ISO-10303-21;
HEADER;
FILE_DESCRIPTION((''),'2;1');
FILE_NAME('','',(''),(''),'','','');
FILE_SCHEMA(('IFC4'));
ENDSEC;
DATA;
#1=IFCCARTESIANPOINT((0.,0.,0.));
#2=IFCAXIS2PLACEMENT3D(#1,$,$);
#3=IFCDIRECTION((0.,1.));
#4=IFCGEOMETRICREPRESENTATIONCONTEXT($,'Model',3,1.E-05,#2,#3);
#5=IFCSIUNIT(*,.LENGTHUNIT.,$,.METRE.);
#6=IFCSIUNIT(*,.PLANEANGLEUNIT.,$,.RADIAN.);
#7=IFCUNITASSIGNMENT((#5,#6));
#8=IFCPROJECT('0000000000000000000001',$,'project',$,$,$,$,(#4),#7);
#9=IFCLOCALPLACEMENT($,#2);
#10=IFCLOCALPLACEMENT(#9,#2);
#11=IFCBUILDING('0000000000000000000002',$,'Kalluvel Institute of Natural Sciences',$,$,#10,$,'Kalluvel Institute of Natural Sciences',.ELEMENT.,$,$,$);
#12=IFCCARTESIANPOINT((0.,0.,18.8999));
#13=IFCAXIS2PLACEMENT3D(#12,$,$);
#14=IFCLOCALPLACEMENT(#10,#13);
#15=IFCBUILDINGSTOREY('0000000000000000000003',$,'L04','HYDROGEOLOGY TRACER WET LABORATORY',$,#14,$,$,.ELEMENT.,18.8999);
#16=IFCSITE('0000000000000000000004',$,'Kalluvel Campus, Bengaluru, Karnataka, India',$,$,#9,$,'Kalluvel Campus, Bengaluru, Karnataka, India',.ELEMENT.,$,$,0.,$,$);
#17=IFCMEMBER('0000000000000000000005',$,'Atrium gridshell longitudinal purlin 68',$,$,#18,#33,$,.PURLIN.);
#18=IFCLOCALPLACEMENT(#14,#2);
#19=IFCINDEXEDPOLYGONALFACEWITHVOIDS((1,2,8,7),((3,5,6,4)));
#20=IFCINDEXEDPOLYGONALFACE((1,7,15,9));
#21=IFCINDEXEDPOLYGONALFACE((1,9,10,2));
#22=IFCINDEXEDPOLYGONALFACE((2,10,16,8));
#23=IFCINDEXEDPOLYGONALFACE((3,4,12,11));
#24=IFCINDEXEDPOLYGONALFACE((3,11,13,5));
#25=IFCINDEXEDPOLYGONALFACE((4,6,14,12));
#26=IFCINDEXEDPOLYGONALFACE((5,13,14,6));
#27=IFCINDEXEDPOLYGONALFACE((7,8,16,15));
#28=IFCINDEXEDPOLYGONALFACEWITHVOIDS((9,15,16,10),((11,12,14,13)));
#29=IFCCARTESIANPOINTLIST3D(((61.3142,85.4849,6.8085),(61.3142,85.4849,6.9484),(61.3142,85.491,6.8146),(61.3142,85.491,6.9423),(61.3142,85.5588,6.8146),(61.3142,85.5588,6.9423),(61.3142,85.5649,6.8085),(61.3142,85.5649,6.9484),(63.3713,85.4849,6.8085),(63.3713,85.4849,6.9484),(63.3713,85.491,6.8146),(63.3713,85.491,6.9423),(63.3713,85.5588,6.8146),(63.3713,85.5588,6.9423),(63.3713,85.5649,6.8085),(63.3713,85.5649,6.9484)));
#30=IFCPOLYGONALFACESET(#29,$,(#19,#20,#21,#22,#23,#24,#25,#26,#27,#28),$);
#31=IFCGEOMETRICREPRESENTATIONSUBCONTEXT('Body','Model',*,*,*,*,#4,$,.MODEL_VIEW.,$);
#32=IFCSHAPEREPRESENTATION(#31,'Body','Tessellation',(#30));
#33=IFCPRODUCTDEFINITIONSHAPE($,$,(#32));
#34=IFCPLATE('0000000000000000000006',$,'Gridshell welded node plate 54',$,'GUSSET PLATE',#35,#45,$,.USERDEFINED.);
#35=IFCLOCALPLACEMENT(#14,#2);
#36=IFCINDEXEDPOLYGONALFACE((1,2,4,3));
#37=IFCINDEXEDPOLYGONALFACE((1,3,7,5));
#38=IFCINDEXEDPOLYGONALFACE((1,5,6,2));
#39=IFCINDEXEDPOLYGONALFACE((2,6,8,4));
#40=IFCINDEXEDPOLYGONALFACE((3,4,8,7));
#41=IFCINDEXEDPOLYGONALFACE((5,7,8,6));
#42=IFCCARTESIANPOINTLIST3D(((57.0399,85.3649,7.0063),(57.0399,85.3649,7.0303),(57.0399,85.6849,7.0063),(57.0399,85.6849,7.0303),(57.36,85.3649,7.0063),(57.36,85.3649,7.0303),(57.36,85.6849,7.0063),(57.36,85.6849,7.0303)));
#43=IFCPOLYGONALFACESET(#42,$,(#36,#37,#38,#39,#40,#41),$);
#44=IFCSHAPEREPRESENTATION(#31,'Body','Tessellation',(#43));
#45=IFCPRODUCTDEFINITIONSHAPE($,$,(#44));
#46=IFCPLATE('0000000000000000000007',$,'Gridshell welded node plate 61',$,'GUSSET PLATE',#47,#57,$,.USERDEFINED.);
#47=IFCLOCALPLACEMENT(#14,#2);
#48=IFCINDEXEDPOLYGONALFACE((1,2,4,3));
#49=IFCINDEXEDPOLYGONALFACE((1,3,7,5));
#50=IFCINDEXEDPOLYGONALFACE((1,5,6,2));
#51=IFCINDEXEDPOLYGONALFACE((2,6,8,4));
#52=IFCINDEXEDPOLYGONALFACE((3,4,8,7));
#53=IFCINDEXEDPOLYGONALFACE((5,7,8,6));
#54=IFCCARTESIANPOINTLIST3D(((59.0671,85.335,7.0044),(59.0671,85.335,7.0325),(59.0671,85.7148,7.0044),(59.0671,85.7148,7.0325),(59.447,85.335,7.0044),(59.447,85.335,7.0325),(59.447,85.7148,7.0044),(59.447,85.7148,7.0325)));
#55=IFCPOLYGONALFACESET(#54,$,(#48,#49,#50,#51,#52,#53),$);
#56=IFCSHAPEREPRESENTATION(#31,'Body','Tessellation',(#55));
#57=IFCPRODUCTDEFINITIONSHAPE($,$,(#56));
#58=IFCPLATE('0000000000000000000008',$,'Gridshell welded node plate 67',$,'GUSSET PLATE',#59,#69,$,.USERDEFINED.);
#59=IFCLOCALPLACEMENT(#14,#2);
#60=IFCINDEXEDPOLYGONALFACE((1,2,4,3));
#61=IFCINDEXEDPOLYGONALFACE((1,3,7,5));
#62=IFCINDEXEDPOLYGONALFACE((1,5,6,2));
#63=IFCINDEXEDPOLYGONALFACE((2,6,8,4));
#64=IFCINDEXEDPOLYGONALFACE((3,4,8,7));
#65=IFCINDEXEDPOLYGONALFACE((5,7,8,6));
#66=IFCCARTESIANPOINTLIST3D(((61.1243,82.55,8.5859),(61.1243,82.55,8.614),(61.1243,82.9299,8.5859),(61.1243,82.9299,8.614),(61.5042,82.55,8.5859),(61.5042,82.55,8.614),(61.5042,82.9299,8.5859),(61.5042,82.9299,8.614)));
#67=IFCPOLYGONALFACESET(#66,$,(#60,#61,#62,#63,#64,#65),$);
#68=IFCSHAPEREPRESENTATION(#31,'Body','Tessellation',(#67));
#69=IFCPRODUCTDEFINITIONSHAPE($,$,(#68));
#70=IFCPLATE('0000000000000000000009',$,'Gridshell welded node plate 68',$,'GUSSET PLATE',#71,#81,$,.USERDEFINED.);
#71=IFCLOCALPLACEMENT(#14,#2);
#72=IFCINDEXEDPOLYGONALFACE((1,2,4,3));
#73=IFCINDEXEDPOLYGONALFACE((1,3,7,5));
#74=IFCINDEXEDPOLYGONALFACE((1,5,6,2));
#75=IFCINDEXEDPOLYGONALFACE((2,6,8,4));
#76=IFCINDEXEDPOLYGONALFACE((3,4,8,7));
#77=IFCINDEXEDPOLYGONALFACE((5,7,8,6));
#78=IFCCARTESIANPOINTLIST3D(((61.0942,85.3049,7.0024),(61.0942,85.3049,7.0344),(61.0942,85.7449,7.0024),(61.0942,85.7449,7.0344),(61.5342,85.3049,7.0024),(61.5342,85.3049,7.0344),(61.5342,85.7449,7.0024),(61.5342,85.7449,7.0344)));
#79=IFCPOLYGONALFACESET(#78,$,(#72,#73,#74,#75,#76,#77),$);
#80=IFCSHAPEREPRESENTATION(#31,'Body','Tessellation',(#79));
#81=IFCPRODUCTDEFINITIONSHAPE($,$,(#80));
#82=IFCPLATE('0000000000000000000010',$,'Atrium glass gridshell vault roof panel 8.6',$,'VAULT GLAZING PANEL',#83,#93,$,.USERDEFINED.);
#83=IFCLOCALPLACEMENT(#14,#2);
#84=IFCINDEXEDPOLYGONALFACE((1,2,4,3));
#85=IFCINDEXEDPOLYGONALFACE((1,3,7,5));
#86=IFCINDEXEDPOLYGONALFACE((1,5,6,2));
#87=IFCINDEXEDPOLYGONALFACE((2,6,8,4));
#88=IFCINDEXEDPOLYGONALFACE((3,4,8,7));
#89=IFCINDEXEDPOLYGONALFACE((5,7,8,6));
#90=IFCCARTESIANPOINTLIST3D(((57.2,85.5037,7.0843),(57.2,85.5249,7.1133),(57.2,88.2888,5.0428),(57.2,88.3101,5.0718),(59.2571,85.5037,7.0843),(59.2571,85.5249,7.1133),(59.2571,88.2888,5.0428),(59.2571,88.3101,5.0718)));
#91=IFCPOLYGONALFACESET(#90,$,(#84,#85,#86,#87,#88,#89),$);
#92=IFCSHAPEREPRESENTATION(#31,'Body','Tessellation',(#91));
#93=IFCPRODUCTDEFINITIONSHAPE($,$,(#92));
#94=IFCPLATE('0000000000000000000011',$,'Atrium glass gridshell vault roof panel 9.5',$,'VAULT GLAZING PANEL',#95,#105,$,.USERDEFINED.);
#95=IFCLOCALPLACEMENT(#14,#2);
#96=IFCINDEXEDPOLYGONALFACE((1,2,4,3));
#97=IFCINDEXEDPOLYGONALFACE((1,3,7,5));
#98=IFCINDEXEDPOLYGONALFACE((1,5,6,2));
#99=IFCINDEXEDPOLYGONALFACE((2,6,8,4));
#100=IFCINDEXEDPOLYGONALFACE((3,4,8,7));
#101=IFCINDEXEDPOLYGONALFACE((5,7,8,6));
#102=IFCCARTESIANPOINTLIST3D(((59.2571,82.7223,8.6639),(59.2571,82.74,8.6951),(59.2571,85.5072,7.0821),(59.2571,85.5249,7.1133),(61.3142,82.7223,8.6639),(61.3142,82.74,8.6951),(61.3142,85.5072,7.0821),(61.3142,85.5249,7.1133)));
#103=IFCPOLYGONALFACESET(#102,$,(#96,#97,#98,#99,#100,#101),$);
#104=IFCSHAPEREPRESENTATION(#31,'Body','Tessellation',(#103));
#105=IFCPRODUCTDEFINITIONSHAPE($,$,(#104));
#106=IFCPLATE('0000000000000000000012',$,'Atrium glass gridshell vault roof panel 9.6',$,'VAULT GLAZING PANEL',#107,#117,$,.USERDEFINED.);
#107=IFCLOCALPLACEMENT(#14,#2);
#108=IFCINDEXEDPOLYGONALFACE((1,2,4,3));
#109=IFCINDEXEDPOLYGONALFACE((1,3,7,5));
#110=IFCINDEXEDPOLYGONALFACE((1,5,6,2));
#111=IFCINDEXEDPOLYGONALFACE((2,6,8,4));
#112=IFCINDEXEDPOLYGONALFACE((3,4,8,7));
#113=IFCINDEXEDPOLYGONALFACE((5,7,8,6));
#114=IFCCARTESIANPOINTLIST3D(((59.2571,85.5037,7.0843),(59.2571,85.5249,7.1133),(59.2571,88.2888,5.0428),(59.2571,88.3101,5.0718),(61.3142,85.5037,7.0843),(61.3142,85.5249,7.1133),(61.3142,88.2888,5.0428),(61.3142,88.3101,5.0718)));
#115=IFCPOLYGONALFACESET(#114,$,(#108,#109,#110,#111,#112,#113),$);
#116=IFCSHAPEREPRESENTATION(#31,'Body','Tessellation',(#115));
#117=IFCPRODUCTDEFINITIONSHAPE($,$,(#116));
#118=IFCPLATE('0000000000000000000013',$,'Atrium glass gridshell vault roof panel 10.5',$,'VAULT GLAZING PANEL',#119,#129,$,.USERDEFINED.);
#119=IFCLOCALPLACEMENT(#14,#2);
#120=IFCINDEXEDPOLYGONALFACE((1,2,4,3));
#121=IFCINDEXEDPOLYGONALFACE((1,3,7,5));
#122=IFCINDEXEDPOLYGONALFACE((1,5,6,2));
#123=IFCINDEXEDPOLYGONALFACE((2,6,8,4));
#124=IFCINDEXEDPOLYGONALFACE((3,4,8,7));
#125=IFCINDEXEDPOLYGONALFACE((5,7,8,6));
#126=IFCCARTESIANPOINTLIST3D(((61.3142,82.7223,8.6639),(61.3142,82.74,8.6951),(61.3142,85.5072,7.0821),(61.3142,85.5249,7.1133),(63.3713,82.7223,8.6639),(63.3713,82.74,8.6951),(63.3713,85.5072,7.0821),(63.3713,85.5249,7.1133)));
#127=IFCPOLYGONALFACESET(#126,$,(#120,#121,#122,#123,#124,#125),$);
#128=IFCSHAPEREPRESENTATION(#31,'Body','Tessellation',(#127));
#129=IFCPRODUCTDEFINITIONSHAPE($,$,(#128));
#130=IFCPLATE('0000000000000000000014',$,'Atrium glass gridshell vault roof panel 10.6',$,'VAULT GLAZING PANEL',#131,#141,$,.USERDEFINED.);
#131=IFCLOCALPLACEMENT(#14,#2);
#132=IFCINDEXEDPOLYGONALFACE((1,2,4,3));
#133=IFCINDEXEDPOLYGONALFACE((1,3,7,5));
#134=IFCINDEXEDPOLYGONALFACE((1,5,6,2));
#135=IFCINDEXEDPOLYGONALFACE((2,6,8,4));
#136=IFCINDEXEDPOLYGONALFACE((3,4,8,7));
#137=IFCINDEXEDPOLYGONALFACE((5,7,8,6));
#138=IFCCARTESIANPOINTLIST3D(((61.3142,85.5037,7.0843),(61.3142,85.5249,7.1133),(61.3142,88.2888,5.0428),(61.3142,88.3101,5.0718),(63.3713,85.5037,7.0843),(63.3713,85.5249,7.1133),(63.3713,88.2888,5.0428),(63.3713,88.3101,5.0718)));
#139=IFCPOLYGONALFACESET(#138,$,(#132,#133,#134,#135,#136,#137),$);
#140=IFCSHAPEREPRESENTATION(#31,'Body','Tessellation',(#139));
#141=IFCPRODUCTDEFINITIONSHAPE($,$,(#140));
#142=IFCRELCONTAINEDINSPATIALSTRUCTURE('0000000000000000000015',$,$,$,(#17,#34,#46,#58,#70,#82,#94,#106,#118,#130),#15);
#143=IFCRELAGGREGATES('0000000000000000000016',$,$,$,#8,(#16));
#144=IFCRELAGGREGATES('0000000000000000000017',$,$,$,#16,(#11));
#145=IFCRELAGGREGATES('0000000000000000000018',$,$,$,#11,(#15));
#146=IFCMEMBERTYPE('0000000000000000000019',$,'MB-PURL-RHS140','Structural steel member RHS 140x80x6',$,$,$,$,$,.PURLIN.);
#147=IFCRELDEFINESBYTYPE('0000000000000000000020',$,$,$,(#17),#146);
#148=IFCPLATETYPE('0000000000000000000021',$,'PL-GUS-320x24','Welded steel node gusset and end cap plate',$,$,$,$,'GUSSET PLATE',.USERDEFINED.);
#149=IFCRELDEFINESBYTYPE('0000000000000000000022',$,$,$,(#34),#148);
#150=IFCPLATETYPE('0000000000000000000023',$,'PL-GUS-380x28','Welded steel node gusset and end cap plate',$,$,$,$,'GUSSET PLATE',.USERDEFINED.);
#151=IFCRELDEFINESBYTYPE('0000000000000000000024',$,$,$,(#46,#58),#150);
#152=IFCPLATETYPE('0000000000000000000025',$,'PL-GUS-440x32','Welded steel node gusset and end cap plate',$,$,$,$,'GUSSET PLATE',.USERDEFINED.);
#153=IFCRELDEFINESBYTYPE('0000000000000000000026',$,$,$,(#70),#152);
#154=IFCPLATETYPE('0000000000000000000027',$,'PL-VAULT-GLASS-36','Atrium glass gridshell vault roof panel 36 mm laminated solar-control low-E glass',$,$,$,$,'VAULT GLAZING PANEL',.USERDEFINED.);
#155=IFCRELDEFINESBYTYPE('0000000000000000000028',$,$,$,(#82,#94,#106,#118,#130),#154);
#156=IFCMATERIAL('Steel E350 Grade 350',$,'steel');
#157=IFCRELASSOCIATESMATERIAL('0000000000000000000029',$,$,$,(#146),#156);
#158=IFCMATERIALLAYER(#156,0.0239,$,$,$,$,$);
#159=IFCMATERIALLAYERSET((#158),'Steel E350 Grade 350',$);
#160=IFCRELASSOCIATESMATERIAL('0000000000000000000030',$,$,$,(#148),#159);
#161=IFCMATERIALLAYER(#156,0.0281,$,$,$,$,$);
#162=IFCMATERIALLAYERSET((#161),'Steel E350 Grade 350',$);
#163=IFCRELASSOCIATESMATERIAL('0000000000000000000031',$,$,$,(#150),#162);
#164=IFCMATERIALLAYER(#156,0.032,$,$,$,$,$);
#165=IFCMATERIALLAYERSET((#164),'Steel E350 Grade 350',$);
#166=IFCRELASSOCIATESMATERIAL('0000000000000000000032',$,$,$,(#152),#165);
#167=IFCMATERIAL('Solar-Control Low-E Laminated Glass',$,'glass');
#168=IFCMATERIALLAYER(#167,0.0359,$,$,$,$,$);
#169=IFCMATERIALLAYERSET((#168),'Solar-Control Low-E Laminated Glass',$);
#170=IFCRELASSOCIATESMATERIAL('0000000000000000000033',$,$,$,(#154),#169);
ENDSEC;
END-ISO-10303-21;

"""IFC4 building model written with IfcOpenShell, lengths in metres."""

from ifc_helpers import new_model, si_unit, direction, frame, origin, origin_2d, place, context, subcontext, project, spatial, polyline, rectangle, hollow_rectangle, outline, extrude, material, layer, layer_set, material_profile, profile_set, type_object, element, save


model = new_model("IFC4")

# Units and contexts
model_context = context("Model", 3, precision=1e-05, world=origin(), true_north=direction((0.0, 1.0)))
body_context = subcontext(model_context, "Body", "Model", "MODEL_VIEW")
ifc_project = project(units=[si_unit("LENGTHUNIT", "METRE"), si_unit("PLANEANGLEUNIT", "RADIAN")], contexts=[model_context])

# Site, building, storey
site_placement = place(None, origin())
site = spatial("IfcSite", under=ifc_project, at=site_placement, Name="Kalluvel Campus, Bengaluru, Karnataka, India", LongName="Kalluvel Campus, Bengaluru, Karnataka, India", CompositionType="ELEMENT", RefElevation=0.0)
building_placement = place(site_placement, origin())
building = spatial("IfcBuilding", under=site, at=building_placement, Name="Kalluvel Institute of Natural Sciences", LongName="Kalluvel Institute of Natural Sciences", CompositionType="ELEMENT")
storey_placement = place(building_placement, frame((0.0, 0.0, 18.8999)))
storey = spatial("IfcBuildingStorey", under=building, at=storey_placement, Name="L04", Description="HYDROGEOLOGY TRACER WET LABORATORY", CompositionType="ELEMENT", Elevation=18.8999)

# Member
ifc_material_1 = material(Name="Steel E350 Grade 350", Category="steel")
ifc_material_profile_1 = material_profile(ifc_material_1, hollow_rectangle(XDim=0.0801, YDim=0.1399, WallThickness=0.0061, at=origin_2d()), Name="RHS 140x80x6")
ifc_profile_set_1 = profile_set([ifc_material_profile_1], Name="Steel E350 Grade 350")
member_type_1 = type_object("IfcMemberType", Name="MB-PURL-RHS140", Description="Structural steel member RHS 140x80x6", PredefinedType="PURLIN", material=ifc_profile_set_1)
for number, where, z_axis, x_axis, name in (
    (1, (61.3142, 85.5249, 6.8784), (1.0, 0.0, 0.0), (0.0, 1.0, 0.0), "Atrium gridshell longitudinal purlin 68"),
):
    element("IfcMember", number, at=place(storey_placement, frame(where, z_axis=z_axis, x_axis=x_axis)), inside=storey, type_object=member_type_1, Name=name, PredefinedType="PURLIN", context=body_context, shape_type="SweptSolid", body=[
        extrude(hollow_rectangle(XDim=0.0801, YDim=0.1399, WallThickness=0.0061, at=origin_2d()), origin(), (0.0, 0.0, 1.0), 2.0571),
    ])

# Plates
ifc_layer_1 = layer(ifc_material_1, 0.0239)
ifc_layer_set_1 = layer_set([ifc_layer_1], Name="Steel E350 Grade 350")
plate_type_1 = type_object("IfcPlateType", Name="PL-GUS-320x24", Description="Welded steel node gusset and end cap plate", ElementType="GUSSET PLATE", PredefinedType="USERDEFINED", material=ifc_layer_set_1)
plate_1_placement = place(storey_placement, frame((57.2, 85.5249, 7.0063), z_axis=(0.0, 0.0, 1.0), x_axis=(1.0, 0.0, 0.0)))
element("IfcPlate", 2, at=plate_1_placement, inside=storey, type_object=plate_type_1, Name="Gridshell welded node plate 54", ObjectType="GUSSET PLATE", PredefinedType="USERDEFINED", context=body_context, shape_type="SweptSolid", body=[
    extrude(rectangle(XDim=0.3201, YDim=0.3201, at=origin_2d()), origin(), (0.0, 0.0, 1.0), 0.0239),
])
ifc_layer_2 = layer(ifc_material_1, 0.0281)
ifc_layer_set_2 = layer_set([ifc_layer_2], Name="Steel E350 Grade 350")
plate_type_2 = type_object("IfcPlateType", Name="PL-GUS-380x28", Description="Welded steel node gusset and end cap plate", ElementType="GUSSET PLATE", PredefinedType="USERDEFINED", material=ifc_layer_set_2)
for number, where, z_axis, x_axis, name in (
    (3, (59.2571, 85.5249, 7.0044), (0.0, 0.0, 1.0), (1.0, 0.0, 0.0), "Gridshell welded node plate 61"),
    (4, (61.3142, 82.74, 8.5859), (0.0, 0.0, 1.0), (1.0, 0.0, 0.0), "Gridshell welded node plate 67"),
):
    element("IfcPlate", number, at=place(storey_placement, frame(where, z_axis=z_axis, x_axis=x_axis)), inside=storey, type_object=plate_type_2, Name=name, ObjectType="GUSSET PLATE", PredefinedType="USERDEFINED", context=body_context, shape_type="SweptSolid", body=[
        extrude(rectangle(XDim=0.3799, YDim=0.3799, at=origin_2d()), origin(), (0.0, 0.0, 1.0), 0.0281),
    ])
ifc_layer_3 = layer(ifc_material_1, 0.032)
ifc_layer_set_3 = layer_set([ifc_layer_3], Name="Steel E350 Grade 350")
plate_type_3 = type_object("IfcPlateType", Name="PL-GUS-440x32", Description="Welded steel node gusset and end cap plate", ElementType="GUSSET PLATE", PredefinedType="USERDEFINED", material=ifc_layer_set_3)
plate_2_placement = place(storey_placement, frame((61.3142, 85.5249, 7.0024), z_axis=(0.0, 0.0, 1.0), x_axis=(1.0, 0.0, 0.0)))
element("IfcPlate", 5, at=plate_2_placement, inside=storey, type_object=plate_type_3, Name="Gridshell welded node plate 68", ObjectType="GUSSET PLATE", PredefinedType="USERDEFINED", context=body_context, shape_type="SweptSolid", body=[
    extrude(rectangle(XDim=0.4399, YDim=0.4399, at=origin_2d()), origin(), (0.0, 0.0, 1.0), 0.032),
])
ifc_material_2 = material(Name="Solar-Control Low-E Laminated Glass", Category="glass")
ifc_layer_4 = layer(ifc_material_2, 0.0359)
ifc_layer_set_4 = layer_set([ifc_layer_4], Name="Solar-Control Low-E Laminated Glass")
plate_type_4 = type_object("IfcPlateType", Name="PL-VAULT-GLASS-36", Description="Atrium glass gridshell vault roof panel 36 mm laminated solar-control low-E glass", ElementType="VAULT GLAZING PANEL", PredefinedType="USERDEFINED", material=ifc_layer_set_4)
plate_3_placement = place(storey_placement, frame((57.2, 85.5249, 7.1133), z_axis=(0.0, 0.591186, 0.806535), x_axis=(1.0, 0.0, 0.0)))
element("IfcPlate", 6, at=plate_3_placement, inside=storey, type_object=plate_type_4, Name="Atrium glass gridshell vault roof panel 8.6", ObjectType="VAULT GLAZING PANEL", PredefinedType="USERDEFINED", context=body_context, shape_type="SweptSolid", body=[
    extrude(outline(polyline([(0.0, 0.0), (2.0571, 0.0), (2.0571, 3.4532), (0.0, 3.4532), (0.0, 0.0)])), origin(), (0.0, 0.0, -1.0), 0.0359),
])
plate_4_placement = place(storey_placement, frame((59.2571, 82.74, 8.6951), z_axis=(0.0, 0.49388, 0.86953), x_axis=(1.0, 0.0, 0.0)))
element("IfcPlate", 7, at=plate_4_placement, inside=storey, type_object=plate_type_4, Name="Atrium glass gridshell vault roof panel 9.5", ObjectType="VAULT GLAZING PANEL", PredefinedType="USERDEFINED", context=body_context, shape_type="SweptSolid", body=[
    extrude(outline(polyline([(0.0, 0.0), (2.0571, 0.0), (2.0571, 3.2028), (0.0, 3.2028), (0.0, 0.0)])), origin(), (0.0, 0.0, -1.0), 0.0359),
])
plate_5_placement = place(storey_placement, frame((59.2571, 85.5249, 7.1133), z_axis=(0.0, 0.591186, 0.806535), x_axis=(1.0, 0.0, 0.0)))
element("IfcPlate", 8, at=plate_5_placement, inside=storey, type_object=plate_type_4, Name="Atrium glass gridshell vault roof panel 9.6", ObjectType="VAULT GLAZING PANEL", PredefinedType="USERDEFINED", context=body_context, shape_type="SweptSolid", body=[
    extrude(outline(polyline([(0.0, 0.0), (2.0571, 0.0), (2.0571, 3.4532), (0.0, 3.4532), (0.0, 0.0)])), origin(), (0.0, 0.0, -1.0), 0.0359),
])
plate_6_placement = place(storey_placement, frame((61.3142, 82.74, 8.6951), z_axis=(0.0, 0.49388, 0.86953), x_axis=(1.0, 0.0, 0.0)))
element("IfcPlate", 9, at=plate_6_placement, inside=storey, type_object=plate_type_4, Name="Atrium glass gridshell vault roof panel 10.5", ObjectType="VAULT GLAZING PANEL", PredefinedType="USERDEFINED", context=body_context, shape_type="SweptSolid", body=[
    extrude(outline(polyline([(0.0, 0.0), (2.0571, 0.0), (2.0571, 3.2028), (0.0, 3.2028), (0.0, 0.0)])), origin(), (0.0, 0.0, -1.0), 0.0359),
])
plate_7_placement = place(storey_placement, frame((61.3142, 85.5249, 7.1133), z_axis=(0.0, 0.591186, 0.806535), x_axis=(1.0, 0.0, 0.0)))
element("IfcPlate", 10, at=plate_7_placement, inside=storey, type_object=plate_type_4, Name="Atrium glass gridshell vault roof panel 10.6", ObjectType="VAULT GLAZING PANEL", PredefinedType="USERDEFINED", context=body_context, shape_type="SweptSolid", body=[
    extrude(outline(polyline([(0.0, 0.0), (2.0571, 0.0), (2.0571, 3.4532), (0.0, 3.4532), (0.0, 0.0)])), origin(), (0.0, 0.0, -1.0), 0.0359),
])

save(model, "model.ifc")
